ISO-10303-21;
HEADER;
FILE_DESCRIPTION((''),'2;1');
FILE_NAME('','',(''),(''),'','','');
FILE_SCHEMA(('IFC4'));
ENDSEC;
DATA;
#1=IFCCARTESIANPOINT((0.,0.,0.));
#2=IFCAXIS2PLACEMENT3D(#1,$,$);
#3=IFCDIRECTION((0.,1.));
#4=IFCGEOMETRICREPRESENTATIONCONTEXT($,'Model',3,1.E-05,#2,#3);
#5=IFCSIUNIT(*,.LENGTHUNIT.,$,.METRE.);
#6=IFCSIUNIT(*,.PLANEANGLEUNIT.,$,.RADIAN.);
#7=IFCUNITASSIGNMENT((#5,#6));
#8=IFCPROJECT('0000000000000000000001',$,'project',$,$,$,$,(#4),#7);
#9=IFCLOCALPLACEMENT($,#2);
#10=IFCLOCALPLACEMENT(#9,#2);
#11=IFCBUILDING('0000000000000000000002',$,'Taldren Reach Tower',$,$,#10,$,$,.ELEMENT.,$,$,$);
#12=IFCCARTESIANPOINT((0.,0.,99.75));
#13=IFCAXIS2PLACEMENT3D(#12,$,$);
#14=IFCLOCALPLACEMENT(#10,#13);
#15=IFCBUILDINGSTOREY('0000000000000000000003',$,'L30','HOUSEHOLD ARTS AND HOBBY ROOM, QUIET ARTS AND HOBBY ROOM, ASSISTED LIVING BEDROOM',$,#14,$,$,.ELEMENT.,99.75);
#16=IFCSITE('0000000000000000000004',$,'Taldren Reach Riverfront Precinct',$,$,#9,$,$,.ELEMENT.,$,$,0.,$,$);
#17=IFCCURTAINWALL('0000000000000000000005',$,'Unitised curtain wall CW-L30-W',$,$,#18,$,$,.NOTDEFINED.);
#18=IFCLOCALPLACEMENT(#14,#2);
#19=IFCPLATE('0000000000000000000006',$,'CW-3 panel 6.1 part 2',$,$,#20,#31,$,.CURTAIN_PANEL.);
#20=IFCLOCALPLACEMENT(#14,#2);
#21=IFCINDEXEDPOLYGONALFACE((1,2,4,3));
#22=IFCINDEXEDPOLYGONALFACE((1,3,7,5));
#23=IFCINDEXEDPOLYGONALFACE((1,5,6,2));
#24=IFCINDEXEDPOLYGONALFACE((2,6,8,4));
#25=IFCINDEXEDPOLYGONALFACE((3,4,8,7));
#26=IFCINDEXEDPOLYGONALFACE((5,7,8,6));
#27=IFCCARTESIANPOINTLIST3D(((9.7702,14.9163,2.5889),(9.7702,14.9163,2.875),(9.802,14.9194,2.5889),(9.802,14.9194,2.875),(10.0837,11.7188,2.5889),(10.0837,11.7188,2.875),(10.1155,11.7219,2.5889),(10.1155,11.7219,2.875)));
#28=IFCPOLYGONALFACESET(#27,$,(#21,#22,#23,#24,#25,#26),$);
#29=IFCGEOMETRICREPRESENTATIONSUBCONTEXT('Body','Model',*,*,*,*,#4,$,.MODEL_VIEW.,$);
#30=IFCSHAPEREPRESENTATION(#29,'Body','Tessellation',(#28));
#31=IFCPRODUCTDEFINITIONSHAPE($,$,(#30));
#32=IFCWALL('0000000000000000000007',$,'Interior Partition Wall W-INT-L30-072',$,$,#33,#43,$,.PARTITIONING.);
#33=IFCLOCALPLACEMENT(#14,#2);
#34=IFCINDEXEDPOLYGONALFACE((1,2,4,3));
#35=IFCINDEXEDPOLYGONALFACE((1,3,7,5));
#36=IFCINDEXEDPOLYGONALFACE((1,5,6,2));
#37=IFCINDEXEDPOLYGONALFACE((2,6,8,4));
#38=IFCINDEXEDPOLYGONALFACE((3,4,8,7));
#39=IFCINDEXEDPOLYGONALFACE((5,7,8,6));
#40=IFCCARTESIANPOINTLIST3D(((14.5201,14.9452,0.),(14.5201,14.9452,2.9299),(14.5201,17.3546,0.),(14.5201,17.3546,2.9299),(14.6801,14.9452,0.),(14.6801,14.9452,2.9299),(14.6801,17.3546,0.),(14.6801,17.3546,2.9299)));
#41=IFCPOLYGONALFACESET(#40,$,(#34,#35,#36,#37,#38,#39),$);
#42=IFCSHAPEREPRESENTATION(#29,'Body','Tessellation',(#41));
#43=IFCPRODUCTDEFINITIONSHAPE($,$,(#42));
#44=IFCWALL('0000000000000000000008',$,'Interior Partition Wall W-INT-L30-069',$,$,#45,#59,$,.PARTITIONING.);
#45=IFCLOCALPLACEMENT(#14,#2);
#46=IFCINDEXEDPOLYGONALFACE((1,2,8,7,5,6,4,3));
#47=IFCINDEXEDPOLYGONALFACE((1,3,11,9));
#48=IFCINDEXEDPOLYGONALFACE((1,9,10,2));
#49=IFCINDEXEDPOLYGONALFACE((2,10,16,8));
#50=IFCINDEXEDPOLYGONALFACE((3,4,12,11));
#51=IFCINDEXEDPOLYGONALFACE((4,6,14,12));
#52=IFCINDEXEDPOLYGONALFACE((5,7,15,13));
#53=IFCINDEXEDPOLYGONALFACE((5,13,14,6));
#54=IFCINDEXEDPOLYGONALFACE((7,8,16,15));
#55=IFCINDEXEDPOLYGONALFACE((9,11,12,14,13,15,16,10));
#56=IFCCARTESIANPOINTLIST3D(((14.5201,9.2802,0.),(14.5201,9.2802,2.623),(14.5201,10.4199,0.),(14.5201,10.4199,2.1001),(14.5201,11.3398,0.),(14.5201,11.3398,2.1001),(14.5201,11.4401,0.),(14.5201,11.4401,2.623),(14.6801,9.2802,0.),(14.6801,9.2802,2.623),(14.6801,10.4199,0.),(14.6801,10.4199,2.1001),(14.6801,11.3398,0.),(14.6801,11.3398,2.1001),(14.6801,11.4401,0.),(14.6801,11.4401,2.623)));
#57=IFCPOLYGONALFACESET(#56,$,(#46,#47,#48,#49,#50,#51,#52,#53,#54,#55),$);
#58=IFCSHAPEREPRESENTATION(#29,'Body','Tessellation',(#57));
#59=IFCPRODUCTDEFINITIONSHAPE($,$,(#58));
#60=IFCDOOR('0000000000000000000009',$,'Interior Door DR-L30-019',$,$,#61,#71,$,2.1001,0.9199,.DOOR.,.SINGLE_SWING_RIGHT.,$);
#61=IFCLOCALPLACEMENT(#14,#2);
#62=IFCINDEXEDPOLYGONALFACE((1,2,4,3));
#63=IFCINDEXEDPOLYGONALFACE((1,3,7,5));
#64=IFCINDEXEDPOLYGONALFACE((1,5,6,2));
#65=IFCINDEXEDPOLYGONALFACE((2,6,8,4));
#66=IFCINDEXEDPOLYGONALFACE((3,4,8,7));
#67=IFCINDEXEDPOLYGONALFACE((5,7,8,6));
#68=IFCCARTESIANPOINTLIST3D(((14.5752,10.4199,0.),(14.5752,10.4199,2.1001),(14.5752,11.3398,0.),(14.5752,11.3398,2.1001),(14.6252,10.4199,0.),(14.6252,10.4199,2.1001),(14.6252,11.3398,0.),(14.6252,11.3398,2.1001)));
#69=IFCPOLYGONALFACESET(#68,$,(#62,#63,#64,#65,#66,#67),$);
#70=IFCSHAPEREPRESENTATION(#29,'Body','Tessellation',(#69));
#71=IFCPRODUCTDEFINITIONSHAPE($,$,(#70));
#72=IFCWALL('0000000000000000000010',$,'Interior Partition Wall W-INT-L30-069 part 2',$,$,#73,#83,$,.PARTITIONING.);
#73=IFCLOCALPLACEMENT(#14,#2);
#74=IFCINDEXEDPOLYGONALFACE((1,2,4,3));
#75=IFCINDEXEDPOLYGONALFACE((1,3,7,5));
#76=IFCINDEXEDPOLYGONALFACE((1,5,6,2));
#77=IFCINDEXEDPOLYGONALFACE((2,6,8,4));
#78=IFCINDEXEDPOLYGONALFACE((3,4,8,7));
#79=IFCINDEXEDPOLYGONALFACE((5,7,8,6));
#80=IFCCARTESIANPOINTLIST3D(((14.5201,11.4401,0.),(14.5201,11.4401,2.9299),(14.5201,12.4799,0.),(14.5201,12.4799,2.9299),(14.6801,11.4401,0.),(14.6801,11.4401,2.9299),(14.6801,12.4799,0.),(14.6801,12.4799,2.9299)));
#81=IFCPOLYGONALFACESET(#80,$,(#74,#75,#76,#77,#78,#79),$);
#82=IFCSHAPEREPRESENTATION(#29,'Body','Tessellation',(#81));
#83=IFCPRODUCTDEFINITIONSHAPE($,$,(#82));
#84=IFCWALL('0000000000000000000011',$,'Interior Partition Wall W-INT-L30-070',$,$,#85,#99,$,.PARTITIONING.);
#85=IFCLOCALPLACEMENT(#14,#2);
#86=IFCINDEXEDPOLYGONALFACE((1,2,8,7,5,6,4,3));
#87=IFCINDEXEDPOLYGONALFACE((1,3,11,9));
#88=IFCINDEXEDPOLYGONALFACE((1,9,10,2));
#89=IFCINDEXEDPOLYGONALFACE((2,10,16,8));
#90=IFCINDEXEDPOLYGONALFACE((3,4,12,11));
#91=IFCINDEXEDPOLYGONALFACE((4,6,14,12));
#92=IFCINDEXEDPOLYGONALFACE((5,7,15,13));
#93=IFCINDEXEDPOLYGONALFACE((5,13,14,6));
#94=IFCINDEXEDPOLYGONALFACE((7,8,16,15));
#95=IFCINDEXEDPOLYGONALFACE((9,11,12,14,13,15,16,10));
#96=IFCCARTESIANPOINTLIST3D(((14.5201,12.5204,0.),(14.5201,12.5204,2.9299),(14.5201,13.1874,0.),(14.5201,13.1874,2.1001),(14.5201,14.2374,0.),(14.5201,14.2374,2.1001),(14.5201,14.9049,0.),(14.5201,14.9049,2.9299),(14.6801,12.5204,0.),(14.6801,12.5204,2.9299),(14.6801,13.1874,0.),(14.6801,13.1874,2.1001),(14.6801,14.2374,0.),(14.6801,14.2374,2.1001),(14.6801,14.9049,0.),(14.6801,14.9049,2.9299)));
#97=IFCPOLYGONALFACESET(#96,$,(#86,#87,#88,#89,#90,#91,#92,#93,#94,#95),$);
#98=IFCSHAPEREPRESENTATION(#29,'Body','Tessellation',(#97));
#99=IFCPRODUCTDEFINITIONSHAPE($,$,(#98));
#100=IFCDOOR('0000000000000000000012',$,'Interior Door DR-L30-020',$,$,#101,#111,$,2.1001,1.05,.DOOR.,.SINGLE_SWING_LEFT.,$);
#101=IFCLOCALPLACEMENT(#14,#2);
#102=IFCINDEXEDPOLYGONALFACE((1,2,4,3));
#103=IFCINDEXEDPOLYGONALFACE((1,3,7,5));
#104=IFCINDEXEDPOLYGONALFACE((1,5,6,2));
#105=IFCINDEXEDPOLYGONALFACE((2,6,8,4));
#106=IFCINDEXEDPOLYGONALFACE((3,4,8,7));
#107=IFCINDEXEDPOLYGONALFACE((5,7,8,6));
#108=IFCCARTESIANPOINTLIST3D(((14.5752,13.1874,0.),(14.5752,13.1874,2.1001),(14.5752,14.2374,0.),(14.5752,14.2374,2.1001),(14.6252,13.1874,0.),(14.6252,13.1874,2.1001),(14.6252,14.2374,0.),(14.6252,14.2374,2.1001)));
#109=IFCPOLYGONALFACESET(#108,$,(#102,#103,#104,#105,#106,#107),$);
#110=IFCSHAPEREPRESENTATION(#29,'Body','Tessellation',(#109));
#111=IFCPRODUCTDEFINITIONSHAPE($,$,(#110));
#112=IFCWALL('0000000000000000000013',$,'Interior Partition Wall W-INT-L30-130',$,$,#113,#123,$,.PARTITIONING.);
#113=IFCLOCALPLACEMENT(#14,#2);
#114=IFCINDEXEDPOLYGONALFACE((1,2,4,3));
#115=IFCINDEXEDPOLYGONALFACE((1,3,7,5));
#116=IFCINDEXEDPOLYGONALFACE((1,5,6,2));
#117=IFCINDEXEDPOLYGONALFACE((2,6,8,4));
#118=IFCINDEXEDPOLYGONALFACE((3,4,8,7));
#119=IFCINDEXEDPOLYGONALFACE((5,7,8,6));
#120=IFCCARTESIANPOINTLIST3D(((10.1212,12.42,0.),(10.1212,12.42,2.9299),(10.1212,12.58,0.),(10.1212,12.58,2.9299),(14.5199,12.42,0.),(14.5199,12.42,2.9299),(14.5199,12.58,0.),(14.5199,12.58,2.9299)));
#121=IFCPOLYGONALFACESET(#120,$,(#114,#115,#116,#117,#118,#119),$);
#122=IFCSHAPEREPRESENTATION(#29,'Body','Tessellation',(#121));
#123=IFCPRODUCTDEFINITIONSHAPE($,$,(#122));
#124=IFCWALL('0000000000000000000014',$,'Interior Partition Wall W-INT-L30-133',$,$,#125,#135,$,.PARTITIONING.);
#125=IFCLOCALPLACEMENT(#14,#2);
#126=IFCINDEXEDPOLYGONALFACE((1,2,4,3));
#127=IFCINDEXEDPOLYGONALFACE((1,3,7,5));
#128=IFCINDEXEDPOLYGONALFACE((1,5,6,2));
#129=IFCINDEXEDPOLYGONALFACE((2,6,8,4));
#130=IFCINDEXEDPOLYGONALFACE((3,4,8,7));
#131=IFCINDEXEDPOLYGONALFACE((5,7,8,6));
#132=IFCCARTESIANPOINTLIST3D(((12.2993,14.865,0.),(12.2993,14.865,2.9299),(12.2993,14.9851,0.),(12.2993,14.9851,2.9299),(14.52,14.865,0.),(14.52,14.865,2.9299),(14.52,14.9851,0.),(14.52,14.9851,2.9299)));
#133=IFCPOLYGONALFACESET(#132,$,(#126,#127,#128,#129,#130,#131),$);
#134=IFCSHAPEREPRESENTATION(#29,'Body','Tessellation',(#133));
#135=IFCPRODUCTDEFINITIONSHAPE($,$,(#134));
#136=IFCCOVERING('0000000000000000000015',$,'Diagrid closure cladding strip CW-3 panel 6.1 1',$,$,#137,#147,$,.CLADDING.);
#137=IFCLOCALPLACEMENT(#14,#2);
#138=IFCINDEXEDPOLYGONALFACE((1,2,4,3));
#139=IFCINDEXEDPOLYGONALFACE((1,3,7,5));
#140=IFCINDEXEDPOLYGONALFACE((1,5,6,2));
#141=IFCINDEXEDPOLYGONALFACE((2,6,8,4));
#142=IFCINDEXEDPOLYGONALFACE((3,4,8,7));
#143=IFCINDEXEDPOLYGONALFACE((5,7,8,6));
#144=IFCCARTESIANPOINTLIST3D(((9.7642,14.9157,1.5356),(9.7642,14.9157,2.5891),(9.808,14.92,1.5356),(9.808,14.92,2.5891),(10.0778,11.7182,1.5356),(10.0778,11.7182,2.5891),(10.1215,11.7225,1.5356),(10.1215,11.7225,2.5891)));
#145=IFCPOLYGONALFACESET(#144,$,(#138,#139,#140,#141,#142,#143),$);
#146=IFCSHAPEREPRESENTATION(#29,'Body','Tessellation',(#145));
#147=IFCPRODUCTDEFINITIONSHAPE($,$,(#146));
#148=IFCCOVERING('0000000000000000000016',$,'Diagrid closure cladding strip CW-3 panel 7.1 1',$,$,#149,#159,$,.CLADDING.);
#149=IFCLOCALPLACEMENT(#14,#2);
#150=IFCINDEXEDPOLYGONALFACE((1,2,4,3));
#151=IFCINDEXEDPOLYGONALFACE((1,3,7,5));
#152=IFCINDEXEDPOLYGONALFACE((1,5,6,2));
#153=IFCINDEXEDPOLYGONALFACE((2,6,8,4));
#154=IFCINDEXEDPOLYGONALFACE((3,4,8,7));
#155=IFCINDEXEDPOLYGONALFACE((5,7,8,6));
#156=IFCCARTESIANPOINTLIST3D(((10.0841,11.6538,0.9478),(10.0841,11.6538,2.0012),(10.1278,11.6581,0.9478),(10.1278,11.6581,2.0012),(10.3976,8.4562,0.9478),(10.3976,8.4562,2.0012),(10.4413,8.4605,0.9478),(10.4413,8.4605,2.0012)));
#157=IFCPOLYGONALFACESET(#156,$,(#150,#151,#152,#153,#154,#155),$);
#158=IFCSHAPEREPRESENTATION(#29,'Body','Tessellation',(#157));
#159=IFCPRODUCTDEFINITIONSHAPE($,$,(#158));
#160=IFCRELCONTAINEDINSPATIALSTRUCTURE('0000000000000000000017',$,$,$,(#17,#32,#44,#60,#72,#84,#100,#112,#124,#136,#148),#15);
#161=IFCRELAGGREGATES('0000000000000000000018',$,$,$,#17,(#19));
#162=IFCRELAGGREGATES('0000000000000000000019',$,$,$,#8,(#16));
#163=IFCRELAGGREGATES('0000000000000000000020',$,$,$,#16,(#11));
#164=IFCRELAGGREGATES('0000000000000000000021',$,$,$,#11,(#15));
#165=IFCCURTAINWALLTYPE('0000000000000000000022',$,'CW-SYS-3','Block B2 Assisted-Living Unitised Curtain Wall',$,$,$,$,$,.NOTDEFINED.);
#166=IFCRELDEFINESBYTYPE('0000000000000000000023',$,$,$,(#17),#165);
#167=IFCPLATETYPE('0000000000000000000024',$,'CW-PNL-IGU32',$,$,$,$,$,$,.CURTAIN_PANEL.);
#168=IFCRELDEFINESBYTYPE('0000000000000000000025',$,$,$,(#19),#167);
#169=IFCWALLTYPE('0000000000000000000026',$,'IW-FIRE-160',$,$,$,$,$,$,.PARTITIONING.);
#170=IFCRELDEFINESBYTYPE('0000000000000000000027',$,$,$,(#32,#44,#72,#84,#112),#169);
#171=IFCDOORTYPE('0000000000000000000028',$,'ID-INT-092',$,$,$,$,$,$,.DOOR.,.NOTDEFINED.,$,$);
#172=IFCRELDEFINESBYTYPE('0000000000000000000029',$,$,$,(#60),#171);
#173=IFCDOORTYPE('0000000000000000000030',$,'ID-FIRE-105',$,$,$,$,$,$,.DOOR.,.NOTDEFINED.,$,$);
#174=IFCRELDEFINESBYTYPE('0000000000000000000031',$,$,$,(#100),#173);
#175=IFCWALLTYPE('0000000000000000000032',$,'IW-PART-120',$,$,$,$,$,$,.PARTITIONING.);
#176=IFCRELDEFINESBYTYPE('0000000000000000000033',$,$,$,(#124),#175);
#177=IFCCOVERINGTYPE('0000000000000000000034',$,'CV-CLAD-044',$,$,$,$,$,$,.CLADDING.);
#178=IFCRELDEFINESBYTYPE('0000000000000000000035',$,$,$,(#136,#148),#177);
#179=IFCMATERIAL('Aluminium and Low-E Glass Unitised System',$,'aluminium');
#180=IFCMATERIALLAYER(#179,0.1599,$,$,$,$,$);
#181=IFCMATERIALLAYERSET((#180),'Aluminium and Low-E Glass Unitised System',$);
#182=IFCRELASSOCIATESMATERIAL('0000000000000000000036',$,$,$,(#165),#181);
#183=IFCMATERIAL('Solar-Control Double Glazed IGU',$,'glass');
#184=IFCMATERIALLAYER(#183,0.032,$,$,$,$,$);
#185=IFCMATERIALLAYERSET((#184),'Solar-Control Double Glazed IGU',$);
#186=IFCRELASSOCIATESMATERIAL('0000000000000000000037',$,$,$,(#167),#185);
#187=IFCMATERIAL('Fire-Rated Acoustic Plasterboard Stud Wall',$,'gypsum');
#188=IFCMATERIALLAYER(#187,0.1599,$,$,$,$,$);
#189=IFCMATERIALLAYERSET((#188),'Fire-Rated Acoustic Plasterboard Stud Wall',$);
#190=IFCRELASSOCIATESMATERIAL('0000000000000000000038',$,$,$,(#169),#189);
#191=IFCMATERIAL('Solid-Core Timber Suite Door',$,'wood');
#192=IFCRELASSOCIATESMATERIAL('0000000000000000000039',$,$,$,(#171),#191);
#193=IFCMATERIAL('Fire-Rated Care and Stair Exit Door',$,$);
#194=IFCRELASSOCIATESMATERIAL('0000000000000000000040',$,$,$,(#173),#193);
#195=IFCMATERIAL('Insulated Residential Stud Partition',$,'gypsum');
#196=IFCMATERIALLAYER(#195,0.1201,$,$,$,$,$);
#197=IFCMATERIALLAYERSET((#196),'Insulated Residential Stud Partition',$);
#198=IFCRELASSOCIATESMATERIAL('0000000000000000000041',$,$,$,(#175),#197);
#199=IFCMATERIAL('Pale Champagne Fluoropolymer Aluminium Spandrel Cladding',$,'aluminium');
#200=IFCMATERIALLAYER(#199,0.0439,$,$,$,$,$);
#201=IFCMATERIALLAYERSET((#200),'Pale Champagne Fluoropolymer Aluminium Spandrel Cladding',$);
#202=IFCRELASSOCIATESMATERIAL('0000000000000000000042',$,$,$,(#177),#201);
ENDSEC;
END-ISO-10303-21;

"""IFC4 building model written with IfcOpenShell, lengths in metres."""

from ifc_helpers import new_model, si_unit, direction, frame, frame_2d, origin, origin_2d, place, context, subcontext, project, spatial, rectangle, extrude, source, transform, mapped, material, layer, layer_set, type_object, element, fill, aggregate, save


model = new_model("IFC4")

# Units and contexts
model_context = context("Model", 3, precision=1e-05, world=origin(), true_north=direction((0.0, 1.0)))
body_context = subcontext(model_context, "Body", "Model", "MODEL_VIEW")
ifc_project = project(units=[si_unit("LENGTHUNIT", "METRE"), si_unit("PLANEANGLEUNIT", "RADIAN")], contexts=[model_context])

# Site, building, storey
site_placement = place(None, origin())
site = spatial("IfcSite", under=ifc_project, at=site_placement, Name="Taldren Reach Riverfront Precinct", CompositionType="ELEMENT", RefElevation=0.0)
building_placement = place(site_placement, origin())
building = spatial("IfcBuilding", under=site, at=building_placement, Name="Taldren Reach Tower", CompositionType="ELEMENT")
storey_placement = place(building_placement, frame((0.0, 0.0, 99.75)))
storey = spatial("IfcBuildingStorey", under=building, at=storey_placement, Name="L30", Description="HOUSEHOLD ARTS AND HOBBY ROOM, QUIET ARTS AND HOBBY ROOM, ASSISTED LIVING BEDROOM", CompositionType="ELEMENT", Elevation=99.75)

# Curtain wall, plate
ifc_material_1 = material(Name="Aluminium and Low-E Glass Unitised System", Category="aluminium")
ifc_layer_1 = layer(ifc_material_1, 0.1599)
ifc_layer_set_1 = layer_set([ifc_layer_1], Name="Aluminium and Low-E Glass Unitised System")
curtain_wall_type = type_object("IfcCurtainWallType", Name="CW-SYS-3", Description="Block B2 Assisted-Living Unitised Curtain Wall", PredefinedType="NOTDEFINED", material=ifc_layer_set_1)
curtain_wall_placement = place(storey_placement, origin())
curtain_wall = element("IfcCurtainWall", 1, at=curtain_wall_placement, inside=storey, type_object=curtain_wall_type, Name="Unitised curtain wall CW-L30-W", PredefinedType="NOTDEFINED")
ifc_material_2 = material(Name="Solar-Control Double Glazed IGU", Category="glass")
ifc_layer_2 = layer(ifc_material_2, 0.032)
ifc_layer_set_2 = layer_set([ifc_layer_2], Name="Solar-Control Double Glazed IGU")
plate_type = type_object("IfcPlateType", Name="CW-PNL-IGU32", PredefinedType="CURTAIN_PANEL", material=ifc_layer_set_2)
shared_shape_1 = source(origin(), body_context, "Body", "SweptSolid", [
    extrude(rectangle(XDim=3.2129, YDim=0.032, at=origin_2d()), origin(), (0.0, 0.0, 1.0), 0.2861),
])
plate_1_placement = place(storey_placement, frame((9.9429, 13.3191, 2.5889), z_axis=(0.0, 0.0, 1.0), x_axis=(0.097583, -0.995227, 0.0)))
plate_1 = element("IfcPlate", 2, at=plate_1_placement, type_object=plate_type, Name="CW-3 panel 6.1 part 2", PredefinedType="CURTAIN_PANEL", context=body_context, shape_type="MappedRepresentation", body=[
    mapped(shared_shape_1, transform((0.0, 0.0, 0.0), scale=1.0)),
])
aggregate(curtain_wall, [plate_1])

# Wall
ifc_material_3 = material(Name="Fire-Rated Acoustic Plasterboard Stud Wall", Category="gypsum")
ifc_layer_3 = layer(ifc_material_3, 0.1599)
ifc_layer_set_3 = layer_set([ifc_layer_3], Name="Fire-Rated Acoustic Plasterboard Stud Wall")
wall_type_1 = type_object("IfcWallType", Name="IW-FIRE-160", PredefinedType="PARTITIONING", material=ifc_layer_set_3)
shared_shape_2 = source(origin(), body_context, "Body", "SweptSolid", [
    extrude(rectangle(XDim=2.4094, YDim=0.1599, at=frame_2d((1.2046, 0.0))), origin(), (0.0, 0.0, 1.0), 2.9299),
])
wall_1_placement = place(storey_placement, frame((14.6001, 14.9453, 0.0), z_axis=(0.0, 0.0, 1.0), x_axis=(0.0, 1.0, 0.0)))
element("IfcWall", 3, at=wall_1_placement, inside=storey, type_object=wall_type_1, Name="Interior Partition Wall W-INT-L30-072", PredefinedType="PARTITIONING", context=body_context, shape_type="MappedRepresentation", body=[
    mapped(shared_shape_2, transform((0.0, 0.0, 0.0), scale=1.0)),
])

# Wall, opening, door
shared_shape_3 = source(origin(), body_context, "Body", "SweptSolid", [
    extrude(rectangle(XDim=2.1599, YDim=0.1599, at=frame_2d((1.0801, 0.0))), origin(), (0.0, 0.0, 1.0), 2.623),
])
wall_2_placement = place(storey_placement, frame((14.6001, 9.28, 0.0), z_axis=(0.0, 0.0, 1.0), x_axis=(0.0, 1.0, 0.0)))
wall_2 = element("IfcWall", 4, at=wall_2_placement, inside=storey, type_object=wall_type_1, Name="Interior Partition Wall W-INT-L30-069", PredefinedType="PARTITIONING", context=body_context, shape_type="MappedRepresentation", body=[
    mapped(shared_shape_3, transform((0.0, 0.0, 0.0), scale=1.0)),
])
shared_shape_4 = source(origin(), body_context, "Body", "SweptSolid", [
    extrude(rectangle(XDim=0.9199, YDim=2.1001, at=frame_2d((0.46, 1.05))), frame((0.0, 0.0898, 0.0), z_axis=(0.0, -1.0, 0.0), x_axis=(1.0, 0.0, 0.0)), (0.0, 0.0, 1.0), 0.1799),
])
opening_1_placement = place(wall_2_placement, frame((1.1399, 0.0, 0.0)))
opening_1 = element("IfcOpeningElement", 5, at=opening_1_placement, cuts=wall_2, PredefinedType="OPENING", context=body_context, shape_type="MappedRepresentation", body=[
    mapped(shared_shape_4, transform((0.0, 0.0, 0.0), scale=1.0)),
])
ifc_material_4 = material(Name="Solid-Core Timber Suite Door", Category="wood")
door_type_1 = type_object("IfcDoorType", Name="ID-INT-092", OperationType="NOTDEFINED", PredefinedType="DOOR", material=ifc_material_4)
shared_shape_5 = source(origin(), body_context, "Body", "SweptSolid", [
    extrude(rectangle(XDim=0.9199, YDim=2.1001, at=frame_2d((0.46, 1.05))), frame((0.0, 0.0249, 0.0), z_axis=(0.0, -1.0, 0.0), x_axis=(1.0, 0.0, 0.0)), (0.0, 0.0, 1.0), 0.05),
])
door_1_placement = place(opening_1_placement, origin())
door_1 = element("IfcDoor", 6, at=door_1_placement, inside=storey, type_object=door_type_1, Name="Interior Door DR-L30-019", OperationType="SINGLE_SWING_RIGHT", OverallHeight=2.1001, OverallWidth=0.9199, PredefinedType="DOOR", context=body_context, shape_type="MappedRepresentation", body=[
    mapped(shared_shape_5, transform((0.0, 0.0, 0.0), scale=1.0)),
])
fill(opening_1, door_1)

# Wall
shared_shape_6 = source(origin(), body_context, "Body", "SweptSolid", [
    extrude(rectangle(XDim=1.0398, YDim=0.1599, at=frame_2d((0.52, 0.0))), origin(), (0.0, 0.0, 1.0), 2.9299),
])
wall_3_placement = place(storey_placement, frame((14.6001, 11.4399, 0.0), z_axis=(0.0, 0.0, 1.0), x_axis=(0.0, 1.0, 0.0)))
element("IfcWall", 7, at=wall_3_placement, inside=storey, type_object=wall_type_1, Name="Interior Partition Wall W-INT-L30-069 part 2", PredefinedType="PARTITIONING", context=body_context, shape_type="MappedRepresentation", body=[
    mapped(shared_shape_6, transform((0.0, 0.0, 0.0), scale=1.0)),
])

# Wall, opening, door
shared_shape_7 = source(origin(), body_context, "Body", "SweptSolid", [
    extrude(rectangle(XDim=2.3845, YDim=0.1599, at=frame_2d((1.1924, 0.0))), origin(), (0.0, 0.0, 1.0), 2.9299),
])
wall_4_placement = place(storey_placement, frame((14.6001, 12.5203, 0.0), z_axis=(0.0, 0.0, 1.0), x_axis=(0.0, 1.0, 0.0)))
wall_4 = element("IfcWall", 8, at=wall_4_placement, inside=storey, type_object=wall_type_1, Name="Interior Partition Wall W-INT-L30-070", PredefinedType="PARTITIONING", context=body_context, shape_type="MappedRepresentation", body=[
    mapped(shared_shape_7, transform((0.0, 0.0, 0.0), scale=1.0)),
])
shared_shape_8 = source(origin(), body_context, "Body", "SweptSolid", [
    extrude(rectangle(XDim=1.05, YDim=2.1001, at=frame_2d((0.5249, 1.05))), frame((0.0, 0.0898, 0.0), z_axis=(0.0, -1.0, 0.0), x_axis=(1.0, 0.0, 0.0)), (0.0, 0.0, 1.0), 0.1799),
])
opening_2_placement = place(wall_4_placement, frame((0.6672, 0.0, 0.0)))
opening_2 = element("IfcOpeningElement", 9, at=opening_2_placement, cuts=wall_4, PredefinedType="OPENING", context=body_context, shape_type="MappedRepresentation", body=[
    mapped(shared_shape_8, transform((0.0, 0.0, 0.0), scale=1.0)),
])
ifc_material_5 = material(Name="Fire-Rated Care and Stair Exit Door")
door_type_2 = type_object("IfcDoorType", Name="ID-FIRE-105", OperationType="NOTDEFINED", PredefinedType="DOOR", material=ifc_material_5)
shared_shape_9 = source(origin(), body_context, "Body", "SweptSolid", [
    extrude(rectangle(XDim=1.05, YDim=2.1001, at=frame_2d((0.5249, 1.05))), frame((0.0, 0.0249, 0.0), z_axis=(0.0, -1.0, 0.0), x_axis=(1.0, 0.0, 0.0)), (0.0, 0.0, 1.0), 0.05),
])
door_2_placement = place(opening_2_placement, origin())
door_2 = element("IfcDoor", 10, at=door_2_placement, inside=storey, type_object=door_type_2, Name="Interior Door DR-L30-020", OperationType="SINGLE_SWING_LEFT", OverallHeight=2.1001, OverallWidth=1.05, PredefinedType="DOOR", context=body_context, shape_type="MappedRepresentation", body=[
    mapped(shared_shape_9, transform((0.0, 0.0, 0.0), scale=1.0)),
])
fill(opening_2, door_2)

# Walls
shared_shape_10 = source(origin(), body_context, "Body", "SweptSolid", [
    extrude(rectangle(XDim=4.3987, YDim=0.1599, at=frame_2d((2.1992, 0.0))), origin(), (0.0, 0.0, 1.0), 2.9299),
])
wall_5_placement = place(storey_placement, frame((10.1213, 12.5, 0.0), z_axis=(0.0, 0.0, 1.0), x_axis=(1.0, 0.0, 0.0)))
element("IfcWall", 11, at=wall_5_placement, inside=storey, type_object=wall_type_1, Name="Interior Partition Wall W-INT-L30-130", PredefinedType="PARTITIONING", context=body_context, shape_type="MappedRepresentation", body=[
    mapped(shared_shape_10, transform((0.0, 0.0, 0.0), scale=1.0)),
])
ifc_material_6 = material(Name="Insulated Residential Stud Partition", Category="gypsum")
ifc_layer_4 = layer(ifc_material_6, 0.1201)
ifc_layer_set_4 = layer_set([ifc_layer_4], Name="Insulated Residential Stud Partition")
wall_type_2 = type_object("IfcWallType", Name="IW-PART-120", PredefinedType="PARTITIONING", material=ifc_layer_set_4)
shared_shape_11 = source(origin(), body_context, "Body", "SweptSolid", [
    extrude(rectangle(XDim=2.2207, YDim=0.1201, at=frame_2d((1.1104, 0.0))), origin(), (0.0, 0.0, 1.0), 2.9299),
])
wall_6_placement = place(storey_placement, frame((12.2993, 14.925, 0.0), z_axis=(0.0, 0.0, 1.0), x_axis=(1.0, 0.0, 0.0)))
element("IfcWall", 12, at=wall_6_placement, inside=storey, type_object=wall_type_2, Name="Interior Partition Wall W-INT-L30-133", PredefinedType="PARTITIONING", context=body_context, shape_type="MappedRepresentation", body=[
    mapped(shared_shape_11, transform((0.0, 0.0, 0.0), scale=1.0)),
])

# Coverings
ifc_material_7 = material(Name="Pale Champagne Fluoropolymer Aluminium Spandrel Cladding", Category="aluminium")
ifc_layer_5 = layer(ifc_material_7, 0.0439)
ifc_layer_set_5 = layer_set([ifc_layer_5], Name="Pale Champagne Fluoropolymer Aluminium Spandrel Cladding")
covering_type = type_object("IfcCoveringType", Name="CV-CLAD-044", PredefinedType="CLADDING", material=ifc_layer_set_5)
shared_shape_12 = source(origin(), body_context, "Body", "SweptSolid", [
    extrude(rectangle(XDim=3.2129, YDim=0.0439, at=origin_2d()), origin(), (0.0, 0.0, 1.0), 1.0535),
])
for number, where, z_axis, x_axis, name in (
    (13, (9.9429, 13.3191, 1.5356), (0.0, 0.0, 1.0), (0.097583, -0.995227, 0.0), "Diagrid closure cladding strip CW-3 panel 6.1 1"),
    (14, (10.2627, 10.0571, 0.9478), (0.0, 0.0, 1.0), (0.097583, -0.995227, 0.0), "Diagrid closure cladding strip CW-3 panel 7.1 1"),
):
    element("IfcCovering", number, at=place(storey_placement, frame(where, z_axis=z_axis, x_axis=x_axis)), inside=storey, type_object=covering_type, Name=name, PredefinedType="CLADDING", context=body_context, shape_type="MappedRepresentation", body=[
        mapped(shared_shape_12, transform((0.0, 0.0, 0.0), scale=1.0)),
    ])

save(model, "model.ifc")
